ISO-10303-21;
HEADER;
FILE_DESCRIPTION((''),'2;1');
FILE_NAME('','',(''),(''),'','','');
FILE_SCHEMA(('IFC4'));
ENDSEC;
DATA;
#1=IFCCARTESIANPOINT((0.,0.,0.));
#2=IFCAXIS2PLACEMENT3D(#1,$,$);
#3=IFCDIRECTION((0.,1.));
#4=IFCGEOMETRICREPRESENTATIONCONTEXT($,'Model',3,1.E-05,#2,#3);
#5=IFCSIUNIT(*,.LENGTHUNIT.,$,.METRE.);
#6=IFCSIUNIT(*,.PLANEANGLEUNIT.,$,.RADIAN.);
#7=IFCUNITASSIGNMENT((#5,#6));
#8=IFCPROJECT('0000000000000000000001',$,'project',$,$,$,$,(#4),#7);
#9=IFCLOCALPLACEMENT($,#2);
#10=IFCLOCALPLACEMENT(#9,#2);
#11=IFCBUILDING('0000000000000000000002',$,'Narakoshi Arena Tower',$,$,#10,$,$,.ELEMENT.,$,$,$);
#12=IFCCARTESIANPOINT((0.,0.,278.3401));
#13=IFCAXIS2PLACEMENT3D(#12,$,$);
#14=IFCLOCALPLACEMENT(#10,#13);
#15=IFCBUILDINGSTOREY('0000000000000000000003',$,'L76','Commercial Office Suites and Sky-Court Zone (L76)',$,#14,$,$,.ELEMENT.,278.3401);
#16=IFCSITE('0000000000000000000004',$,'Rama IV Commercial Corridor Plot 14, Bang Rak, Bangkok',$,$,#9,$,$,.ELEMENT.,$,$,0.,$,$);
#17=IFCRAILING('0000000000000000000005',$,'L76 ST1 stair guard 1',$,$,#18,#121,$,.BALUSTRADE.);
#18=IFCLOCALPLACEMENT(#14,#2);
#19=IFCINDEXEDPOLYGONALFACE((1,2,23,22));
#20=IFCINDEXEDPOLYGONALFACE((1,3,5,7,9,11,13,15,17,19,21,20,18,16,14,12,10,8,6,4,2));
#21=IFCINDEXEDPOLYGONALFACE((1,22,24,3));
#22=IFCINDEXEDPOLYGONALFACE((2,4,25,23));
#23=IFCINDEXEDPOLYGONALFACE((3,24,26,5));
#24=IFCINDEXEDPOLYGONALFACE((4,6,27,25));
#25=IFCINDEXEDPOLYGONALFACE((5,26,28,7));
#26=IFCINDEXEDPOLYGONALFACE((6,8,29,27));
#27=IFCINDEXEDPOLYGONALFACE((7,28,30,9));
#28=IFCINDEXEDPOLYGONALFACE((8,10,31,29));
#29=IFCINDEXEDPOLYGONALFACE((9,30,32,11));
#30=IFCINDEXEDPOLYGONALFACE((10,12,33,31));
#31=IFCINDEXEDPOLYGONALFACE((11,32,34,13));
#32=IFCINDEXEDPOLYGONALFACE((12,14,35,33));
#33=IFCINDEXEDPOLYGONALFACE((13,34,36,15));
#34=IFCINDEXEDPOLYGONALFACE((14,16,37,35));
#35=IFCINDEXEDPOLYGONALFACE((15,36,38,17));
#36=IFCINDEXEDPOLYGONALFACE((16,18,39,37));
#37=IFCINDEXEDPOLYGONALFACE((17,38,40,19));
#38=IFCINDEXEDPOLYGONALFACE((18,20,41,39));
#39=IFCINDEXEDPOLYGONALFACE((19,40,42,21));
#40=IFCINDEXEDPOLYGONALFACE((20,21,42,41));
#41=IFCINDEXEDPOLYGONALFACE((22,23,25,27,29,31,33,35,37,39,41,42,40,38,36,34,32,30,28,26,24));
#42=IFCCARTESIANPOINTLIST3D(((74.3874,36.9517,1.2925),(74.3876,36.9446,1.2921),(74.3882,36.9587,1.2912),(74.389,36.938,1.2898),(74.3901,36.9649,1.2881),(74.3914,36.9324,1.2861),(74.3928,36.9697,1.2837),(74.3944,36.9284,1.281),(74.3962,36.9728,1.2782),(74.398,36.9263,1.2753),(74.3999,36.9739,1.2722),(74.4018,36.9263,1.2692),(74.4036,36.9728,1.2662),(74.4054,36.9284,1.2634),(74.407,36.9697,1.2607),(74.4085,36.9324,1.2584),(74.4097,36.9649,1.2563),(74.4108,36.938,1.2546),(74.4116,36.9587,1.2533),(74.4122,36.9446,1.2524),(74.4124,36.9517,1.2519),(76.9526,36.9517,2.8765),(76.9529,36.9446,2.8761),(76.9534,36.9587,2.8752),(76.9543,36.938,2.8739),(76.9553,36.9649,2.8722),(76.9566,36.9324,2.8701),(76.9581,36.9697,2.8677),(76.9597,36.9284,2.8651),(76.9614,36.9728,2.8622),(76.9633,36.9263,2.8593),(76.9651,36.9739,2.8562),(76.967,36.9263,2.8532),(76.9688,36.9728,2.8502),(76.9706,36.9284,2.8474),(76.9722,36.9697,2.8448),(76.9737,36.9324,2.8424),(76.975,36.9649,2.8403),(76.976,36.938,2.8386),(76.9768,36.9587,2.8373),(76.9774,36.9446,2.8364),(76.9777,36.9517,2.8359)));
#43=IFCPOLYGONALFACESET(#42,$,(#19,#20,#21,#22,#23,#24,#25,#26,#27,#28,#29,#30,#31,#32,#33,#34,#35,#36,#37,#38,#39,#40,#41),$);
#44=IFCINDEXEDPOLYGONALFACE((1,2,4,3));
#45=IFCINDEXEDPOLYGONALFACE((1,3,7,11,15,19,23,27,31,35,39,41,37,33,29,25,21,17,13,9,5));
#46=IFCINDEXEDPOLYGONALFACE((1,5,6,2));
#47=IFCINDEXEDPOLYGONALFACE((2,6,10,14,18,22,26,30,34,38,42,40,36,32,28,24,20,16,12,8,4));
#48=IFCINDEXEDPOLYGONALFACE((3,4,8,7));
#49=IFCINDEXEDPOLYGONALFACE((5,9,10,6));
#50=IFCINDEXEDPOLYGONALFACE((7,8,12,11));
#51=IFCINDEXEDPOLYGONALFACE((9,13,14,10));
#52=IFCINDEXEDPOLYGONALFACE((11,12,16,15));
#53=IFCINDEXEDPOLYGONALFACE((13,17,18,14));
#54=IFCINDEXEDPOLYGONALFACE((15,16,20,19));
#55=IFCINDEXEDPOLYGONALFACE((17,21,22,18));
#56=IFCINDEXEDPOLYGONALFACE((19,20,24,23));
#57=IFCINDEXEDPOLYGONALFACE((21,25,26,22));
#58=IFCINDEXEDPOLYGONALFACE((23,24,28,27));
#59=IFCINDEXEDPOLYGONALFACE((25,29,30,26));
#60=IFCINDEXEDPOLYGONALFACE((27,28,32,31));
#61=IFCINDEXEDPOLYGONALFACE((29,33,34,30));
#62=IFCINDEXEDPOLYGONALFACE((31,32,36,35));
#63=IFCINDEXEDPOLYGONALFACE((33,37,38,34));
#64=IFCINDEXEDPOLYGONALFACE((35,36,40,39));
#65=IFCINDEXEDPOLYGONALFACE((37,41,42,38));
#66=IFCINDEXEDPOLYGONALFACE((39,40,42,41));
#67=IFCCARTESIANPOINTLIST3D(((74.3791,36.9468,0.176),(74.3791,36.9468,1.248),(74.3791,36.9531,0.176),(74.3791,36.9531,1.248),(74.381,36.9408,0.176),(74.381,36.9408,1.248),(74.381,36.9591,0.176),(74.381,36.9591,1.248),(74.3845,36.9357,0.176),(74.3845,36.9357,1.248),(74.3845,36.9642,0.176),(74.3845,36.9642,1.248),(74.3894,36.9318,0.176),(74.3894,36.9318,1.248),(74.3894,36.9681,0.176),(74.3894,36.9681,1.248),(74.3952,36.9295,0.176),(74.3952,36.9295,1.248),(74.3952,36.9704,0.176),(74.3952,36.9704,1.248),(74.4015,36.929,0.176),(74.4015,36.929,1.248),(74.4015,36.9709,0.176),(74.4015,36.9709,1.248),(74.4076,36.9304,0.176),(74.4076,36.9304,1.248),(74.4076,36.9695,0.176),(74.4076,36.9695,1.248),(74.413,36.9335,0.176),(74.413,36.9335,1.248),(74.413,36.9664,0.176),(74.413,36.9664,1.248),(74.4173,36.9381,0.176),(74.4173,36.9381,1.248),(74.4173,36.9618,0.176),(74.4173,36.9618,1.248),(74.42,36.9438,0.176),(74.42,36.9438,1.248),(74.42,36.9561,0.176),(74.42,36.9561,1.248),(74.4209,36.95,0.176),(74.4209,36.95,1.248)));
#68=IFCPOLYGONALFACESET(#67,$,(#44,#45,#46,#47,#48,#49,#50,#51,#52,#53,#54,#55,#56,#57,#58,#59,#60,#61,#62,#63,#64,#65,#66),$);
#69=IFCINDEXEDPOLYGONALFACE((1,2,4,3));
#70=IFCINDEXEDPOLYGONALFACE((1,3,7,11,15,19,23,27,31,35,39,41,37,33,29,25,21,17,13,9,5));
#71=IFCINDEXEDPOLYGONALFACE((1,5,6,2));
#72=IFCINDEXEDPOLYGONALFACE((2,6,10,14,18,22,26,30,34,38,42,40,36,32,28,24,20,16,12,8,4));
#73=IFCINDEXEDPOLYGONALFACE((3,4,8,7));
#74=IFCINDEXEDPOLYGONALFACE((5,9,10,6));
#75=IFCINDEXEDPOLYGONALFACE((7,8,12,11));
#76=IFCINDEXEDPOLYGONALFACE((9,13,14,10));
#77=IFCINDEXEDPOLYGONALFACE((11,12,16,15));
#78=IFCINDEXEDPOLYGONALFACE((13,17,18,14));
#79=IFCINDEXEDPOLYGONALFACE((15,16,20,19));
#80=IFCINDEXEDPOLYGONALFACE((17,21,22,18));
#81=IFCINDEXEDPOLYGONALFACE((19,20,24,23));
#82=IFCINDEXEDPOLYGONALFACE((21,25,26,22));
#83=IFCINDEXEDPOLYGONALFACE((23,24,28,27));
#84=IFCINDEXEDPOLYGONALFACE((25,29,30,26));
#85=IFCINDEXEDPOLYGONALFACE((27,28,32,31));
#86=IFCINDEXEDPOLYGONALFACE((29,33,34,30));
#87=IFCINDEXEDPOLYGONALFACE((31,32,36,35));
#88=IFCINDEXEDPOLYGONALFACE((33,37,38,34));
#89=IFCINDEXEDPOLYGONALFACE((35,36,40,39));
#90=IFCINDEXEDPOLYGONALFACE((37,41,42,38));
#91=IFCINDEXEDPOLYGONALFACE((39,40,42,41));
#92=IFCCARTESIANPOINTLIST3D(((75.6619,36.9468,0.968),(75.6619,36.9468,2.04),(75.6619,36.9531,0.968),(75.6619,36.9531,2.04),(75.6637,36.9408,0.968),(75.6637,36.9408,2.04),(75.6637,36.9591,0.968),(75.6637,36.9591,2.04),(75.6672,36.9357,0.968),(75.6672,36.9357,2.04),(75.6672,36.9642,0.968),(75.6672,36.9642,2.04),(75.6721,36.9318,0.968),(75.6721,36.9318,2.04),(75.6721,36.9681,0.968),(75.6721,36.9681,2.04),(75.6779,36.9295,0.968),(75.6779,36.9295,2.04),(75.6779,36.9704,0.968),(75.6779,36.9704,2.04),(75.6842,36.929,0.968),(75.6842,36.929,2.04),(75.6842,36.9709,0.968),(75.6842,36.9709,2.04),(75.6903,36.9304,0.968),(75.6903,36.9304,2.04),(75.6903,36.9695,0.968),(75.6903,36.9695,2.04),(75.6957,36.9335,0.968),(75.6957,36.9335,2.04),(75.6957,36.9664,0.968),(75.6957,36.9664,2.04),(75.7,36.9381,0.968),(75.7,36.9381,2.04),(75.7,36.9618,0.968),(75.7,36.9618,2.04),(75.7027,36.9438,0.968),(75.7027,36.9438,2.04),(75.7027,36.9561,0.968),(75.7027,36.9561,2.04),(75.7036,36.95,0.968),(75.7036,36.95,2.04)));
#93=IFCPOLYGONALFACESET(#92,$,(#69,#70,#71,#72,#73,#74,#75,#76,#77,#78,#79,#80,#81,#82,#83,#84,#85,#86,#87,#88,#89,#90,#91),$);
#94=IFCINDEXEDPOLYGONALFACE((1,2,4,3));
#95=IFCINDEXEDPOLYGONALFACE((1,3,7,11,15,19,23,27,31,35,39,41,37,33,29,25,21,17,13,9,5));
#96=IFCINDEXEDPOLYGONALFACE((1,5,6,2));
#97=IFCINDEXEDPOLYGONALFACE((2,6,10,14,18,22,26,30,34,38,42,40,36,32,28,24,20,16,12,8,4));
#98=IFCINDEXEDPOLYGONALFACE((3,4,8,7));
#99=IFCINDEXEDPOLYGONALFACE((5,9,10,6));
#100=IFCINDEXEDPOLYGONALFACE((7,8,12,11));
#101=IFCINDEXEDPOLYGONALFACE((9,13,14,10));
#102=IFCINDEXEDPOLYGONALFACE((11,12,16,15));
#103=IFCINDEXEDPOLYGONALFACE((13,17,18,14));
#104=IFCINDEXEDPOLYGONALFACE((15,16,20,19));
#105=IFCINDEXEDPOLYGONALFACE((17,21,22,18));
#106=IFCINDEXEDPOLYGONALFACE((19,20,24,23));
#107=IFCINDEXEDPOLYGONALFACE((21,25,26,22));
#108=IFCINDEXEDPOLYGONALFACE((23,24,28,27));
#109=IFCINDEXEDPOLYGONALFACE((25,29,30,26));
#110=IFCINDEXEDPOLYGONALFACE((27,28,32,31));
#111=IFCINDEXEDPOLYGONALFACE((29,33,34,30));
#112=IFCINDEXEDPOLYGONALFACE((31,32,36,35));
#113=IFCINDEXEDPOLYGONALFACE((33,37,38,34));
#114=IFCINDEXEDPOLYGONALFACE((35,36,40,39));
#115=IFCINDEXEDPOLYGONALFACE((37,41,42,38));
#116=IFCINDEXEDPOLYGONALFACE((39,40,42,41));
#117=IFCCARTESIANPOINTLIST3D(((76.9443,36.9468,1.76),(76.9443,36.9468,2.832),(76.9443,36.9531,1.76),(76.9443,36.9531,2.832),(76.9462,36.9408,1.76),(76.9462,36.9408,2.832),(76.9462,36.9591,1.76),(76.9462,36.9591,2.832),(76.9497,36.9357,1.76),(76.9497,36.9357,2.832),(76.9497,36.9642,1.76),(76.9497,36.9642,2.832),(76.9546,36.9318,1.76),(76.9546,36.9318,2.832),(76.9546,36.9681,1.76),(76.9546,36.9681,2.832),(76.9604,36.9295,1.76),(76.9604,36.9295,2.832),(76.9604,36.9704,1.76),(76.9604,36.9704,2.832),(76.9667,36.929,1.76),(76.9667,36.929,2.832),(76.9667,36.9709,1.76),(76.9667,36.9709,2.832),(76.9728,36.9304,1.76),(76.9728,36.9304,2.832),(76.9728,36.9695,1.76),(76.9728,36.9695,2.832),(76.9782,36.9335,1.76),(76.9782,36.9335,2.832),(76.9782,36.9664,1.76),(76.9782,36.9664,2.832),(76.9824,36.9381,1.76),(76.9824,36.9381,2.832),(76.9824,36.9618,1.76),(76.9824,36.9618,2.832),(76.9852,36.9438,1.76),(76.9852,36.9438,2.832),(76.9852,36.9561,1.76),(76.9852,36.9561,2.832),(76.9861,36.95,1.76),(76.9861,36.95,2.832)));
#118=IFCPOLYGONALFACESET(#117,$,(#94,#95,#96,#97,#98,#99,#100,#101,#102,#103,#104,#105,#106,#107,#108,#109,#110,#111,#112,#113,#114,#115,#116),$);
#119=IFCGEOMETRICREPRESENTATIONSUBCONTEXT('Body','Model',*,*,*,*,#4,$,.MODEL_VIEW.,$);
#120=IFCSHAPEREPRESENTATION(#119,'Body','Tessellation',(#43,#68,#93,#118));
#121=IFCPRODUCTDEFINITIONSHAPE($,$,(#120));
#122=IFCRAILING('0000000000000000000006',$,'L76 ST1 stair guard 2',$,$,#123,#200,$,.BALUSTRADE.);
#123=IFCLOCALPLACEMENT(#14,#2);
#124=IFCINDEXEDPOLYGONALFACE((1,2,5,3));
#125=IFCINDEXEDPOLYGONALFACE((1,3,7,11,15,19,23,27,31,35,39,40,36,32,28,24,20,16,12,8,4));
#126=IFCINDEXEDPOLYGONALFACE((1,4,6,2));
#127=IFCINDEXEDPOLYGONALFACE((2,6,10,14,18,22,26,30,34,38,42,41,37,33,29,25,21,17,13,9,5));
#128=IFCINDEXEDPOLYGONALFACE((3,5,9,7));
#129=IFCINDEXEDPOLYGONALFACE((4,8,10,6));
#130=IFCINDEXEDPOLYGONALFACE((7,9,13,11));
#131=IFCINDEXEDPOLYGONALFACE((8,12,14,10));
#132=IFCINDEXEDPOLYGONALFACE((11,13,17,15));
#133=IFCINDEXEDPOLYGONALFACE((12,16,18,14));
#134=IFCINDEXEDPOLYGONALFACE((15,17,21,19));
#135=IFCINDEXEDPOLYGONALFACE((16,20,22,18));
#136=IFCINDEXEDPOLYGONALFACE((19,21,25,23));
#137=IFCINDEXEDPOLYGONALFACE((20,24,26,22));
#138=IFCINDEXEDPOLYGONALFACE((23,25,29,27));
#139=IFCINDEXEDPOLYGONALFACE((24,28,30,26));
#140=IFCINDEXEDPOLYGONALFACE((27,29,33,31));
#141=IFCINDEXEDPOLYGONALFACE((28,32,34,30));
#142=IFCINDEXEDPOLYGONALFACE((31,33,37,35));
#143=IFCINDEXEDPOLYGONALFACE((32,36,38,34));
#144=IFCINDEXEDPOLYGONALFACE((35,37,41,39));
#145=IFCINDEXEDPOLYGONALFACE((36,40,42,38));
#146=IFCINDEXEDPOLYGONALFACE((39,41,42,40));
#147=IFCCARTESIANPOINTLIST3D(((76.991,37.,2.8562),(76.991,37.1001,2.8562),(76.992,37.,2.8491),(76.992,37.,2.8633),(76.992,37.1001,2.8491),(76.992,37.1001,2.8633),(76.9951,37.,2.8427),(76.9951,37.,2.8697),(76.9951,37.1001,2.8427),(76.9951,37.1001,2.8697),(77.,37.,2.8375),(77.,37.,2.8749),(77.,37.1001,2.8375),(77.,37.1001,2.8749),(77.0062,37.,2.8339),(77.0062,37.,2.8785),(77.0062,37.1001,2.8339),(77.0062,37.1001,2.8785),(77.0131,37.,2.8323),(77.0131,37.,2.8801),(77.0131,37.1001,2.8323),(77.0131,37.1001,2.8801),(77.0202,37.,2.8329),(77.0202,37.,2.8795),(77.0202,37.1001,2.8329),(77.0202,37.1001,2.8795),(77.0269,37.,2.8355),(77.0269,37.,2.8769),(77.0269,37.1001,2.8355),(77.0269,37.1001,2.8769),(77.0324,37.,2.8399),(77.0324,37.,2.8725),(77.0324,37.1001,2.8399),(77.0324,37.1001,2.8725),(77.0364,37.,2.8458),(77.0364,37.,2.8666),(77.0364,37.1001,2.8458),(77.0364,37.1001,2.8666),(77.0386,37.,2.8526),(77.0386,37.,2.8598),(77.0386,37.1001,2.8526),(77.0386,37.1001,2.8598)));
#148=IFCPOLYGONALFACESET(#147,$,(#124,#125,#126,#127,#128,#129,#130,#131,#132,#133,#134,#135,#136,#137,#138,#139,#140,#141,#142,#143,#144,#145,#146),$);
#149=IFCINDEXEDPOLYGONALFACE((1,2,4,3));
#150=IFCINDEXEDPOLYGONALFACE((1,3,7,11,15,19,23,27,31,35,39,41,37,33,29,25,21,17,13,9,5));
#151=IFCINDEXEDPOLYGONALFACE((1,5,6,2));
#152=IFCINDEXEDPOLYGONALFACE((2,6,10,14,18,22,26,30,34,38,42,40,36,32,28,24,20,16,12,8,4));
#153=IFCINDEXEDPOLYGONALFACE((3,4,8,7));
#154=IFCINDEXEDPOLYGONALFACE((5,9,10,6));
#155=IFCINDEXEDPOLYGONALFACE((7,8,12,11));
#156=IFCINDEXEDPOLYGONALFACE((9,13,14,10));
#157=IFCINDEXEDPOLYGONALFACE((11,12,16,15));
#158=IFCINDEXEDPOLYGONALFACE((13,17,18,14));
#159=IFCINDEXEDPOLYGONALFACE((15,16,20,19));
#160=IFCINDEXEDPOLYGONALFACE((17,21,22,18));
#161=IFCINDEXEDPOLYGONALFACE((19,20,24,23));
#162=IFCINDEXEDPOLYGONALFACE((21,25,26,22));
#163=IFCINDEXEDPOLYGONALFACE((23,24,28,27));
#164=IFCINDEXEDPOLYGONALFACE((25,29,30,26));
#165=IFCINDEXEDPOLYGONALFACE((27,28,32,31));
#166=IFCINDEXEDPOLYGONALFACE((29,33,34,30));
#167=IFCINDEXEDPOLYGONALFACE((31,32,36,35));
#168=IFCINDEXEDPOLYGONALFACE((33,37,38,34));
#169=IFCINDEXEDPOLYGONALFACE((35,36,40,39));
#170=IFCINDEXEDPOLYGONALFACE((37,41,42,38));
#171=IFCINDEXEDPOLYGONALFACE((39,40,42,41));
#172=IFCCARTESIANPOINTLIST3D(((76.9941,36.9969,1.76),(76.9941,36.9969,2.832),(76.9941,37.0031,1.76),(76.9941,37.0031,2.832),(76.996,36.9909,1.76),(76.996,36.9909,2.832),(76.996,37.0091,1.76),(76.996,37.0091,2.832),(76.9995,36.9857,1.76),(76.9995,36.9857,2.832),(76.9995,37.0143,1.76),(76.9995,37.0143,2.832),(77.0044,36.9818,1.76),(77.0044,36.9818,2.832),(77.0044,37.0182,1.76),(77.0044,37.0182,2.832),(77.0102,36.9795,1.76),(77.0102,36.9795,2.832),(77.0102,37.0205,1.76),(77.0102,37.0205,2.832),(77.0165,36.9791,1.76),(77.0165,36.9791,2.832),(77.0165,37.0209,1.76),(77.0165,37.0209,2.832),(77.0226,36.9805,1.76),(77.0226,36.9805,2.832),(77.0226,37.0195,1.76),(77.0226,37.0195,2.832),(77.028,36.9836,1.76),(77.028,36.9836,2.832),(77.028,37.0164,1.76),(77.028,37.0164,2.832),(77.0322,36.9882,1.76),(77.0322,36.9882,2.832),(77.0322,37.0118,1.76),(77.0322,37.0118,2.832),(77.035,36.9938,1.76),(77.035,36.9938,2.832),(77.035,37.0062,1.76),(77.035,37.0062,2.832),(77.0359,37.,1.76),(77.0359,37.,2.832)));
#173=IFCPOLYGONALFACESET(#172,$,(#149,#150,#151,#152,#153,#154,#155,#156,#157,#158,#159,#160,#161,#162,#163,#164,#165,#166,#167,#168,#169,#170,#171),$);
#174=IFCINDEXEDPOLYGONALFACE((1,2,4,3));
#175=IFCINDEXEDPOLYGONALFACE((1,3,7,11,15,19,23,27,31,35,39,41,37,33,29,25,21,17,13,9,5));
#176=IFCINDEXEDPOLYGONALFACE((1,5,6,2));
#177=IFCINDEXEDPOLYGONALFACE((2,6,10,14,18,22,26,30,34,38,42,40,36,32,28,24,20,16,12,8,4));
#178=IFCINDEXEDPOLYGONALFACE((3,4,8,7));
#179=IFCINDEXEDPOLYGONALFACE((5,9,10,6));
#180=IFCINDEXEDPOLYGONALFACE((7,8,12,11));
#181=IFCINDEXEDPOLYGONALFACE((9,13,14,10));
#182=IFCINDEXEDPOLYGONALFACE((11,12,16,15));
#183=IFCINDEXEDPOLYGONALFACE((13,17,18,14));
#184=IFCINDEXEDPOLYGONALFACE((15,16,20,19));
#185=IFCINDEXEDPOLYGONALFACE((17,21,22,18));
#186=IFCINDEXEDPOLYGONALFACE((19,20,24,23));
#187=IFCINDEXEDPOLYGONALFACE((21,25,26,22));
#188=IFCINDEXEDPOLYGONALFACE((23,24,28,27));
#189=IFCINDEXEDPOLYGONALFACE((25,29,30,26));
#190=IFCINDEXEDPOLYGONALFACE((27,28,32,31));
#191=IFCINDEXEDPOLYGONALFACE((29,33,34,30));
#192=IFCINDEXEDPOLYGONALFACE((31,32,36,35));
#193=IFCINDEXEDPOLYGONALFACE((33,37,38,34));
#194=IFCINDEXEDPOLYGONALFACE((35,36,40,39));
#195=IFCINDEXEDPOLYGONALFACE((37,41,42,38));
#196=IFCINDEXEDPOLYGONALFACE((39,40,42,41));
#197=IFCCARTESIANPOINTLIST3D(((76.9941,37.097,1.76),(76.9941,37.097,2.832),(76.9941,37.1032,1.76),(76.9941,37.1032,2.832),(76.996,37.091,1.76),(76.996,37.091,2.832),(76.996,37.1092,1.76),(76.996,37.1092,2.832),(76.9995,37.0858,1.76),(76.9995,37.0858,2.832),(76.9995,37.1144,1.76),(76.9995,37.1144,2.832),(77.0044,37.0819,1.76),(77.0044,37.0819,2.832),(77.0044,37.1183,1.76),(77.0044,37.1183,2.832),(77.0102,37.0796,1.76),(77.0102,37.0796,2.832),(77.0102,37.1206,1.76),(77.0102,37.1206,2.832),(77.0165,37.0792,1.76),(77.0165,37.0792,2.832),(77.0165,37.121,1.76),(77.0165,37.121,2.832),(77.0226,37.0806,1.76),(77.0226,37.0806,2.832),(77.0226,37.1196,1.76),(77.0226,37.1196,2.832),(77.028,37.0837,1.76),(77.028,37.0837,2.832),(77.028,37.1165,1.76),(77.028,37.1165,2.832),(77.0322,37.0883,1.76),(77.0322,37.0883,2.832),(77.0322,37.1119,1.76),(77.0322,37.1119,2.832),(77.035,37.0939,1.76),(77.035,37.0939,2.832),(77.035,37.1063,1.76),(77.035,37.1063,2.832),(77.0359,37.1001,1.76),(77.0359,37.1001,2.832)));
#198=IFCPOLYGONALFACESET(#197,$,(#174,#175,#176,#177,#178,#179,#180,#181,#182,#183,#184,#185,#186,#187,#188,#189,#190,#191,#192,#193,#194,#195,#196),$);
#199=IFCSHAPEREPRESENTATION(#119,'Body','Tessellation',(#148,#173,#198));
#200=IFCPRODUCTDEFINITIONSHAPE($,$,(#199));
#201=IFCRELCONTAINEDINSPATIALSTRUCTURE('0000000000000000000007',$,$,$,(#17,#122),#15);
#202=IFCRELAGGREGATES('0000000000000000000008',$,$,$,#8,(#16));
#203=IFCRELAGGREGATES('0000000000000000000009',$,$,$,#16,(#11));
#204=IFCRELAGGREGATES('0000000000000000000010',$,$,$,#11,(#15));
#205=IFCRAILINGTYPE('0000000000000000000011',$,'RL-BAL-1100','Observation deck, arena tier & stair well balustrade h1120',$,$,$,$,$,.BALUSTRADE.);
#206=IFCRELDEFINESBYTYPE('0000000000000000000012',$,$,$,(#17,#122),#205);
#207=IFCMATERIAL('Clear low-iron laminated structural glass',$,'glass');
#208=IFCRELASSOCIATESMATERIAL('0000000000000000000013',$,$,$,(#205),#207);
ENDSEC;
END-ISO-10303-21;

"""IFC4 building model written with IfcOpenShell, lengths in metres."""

from ifc_helpers import new_model, si_unit, direction, frame, origin, origin_2d, place, context, subcontext, project, spatial, circle, extrude, material, type_object, element, save


model = new_model("IFC4")

# Units and contexts
model_context = context("Model", 3, precision=1e-05, world=origin(), true_north=direction((0.0, 1.0)))
body_context = subcontext(model_context, "Body", "Model", "MODEL_VIEW")
ifc_project = project(units=[si_unit("LENGTHUNIT", "METRE"), si_unit("PLANEANGLEUNIT", "RADIAN")], contexts=[model_context])

# Site, building, storey
site_placement = place(None, origin())
site = spatial("IfcSite", under=ifc_project, at=site_placement, Name="Rama IV Commercial Corridor Plot 14, Bang Rak, Bangkok", CompositionType="ELEMENT", RefElevation=0.0)
building_placement = place(site_placement, origin())
building = spatial("IfcBuilding", under=site, at=building_placement, Name="Narakoshi Arena Tower", CompositionType="ELEMENT")
storey_placement = place(building_placement, frame((0.0, 0.0, 278.3401)))
storey = spatial("IfcBuildingStorey", under=building, at=storey_placement, Name="L76", Description="Commercial Office Suites and Sky-Court Zone (L76)", CompositionType="ELEMENT", Elevation=278.3401)

# Railings
ifc_material_1 = material(Name="Clear low-iron laminated structural glass", Category="glass")
railing_type_1 = type_object("IfcRailingType", Name="RL-BAL-1100", Description="Observation deck, arena tier & stair well balustrade h1120", PredefinedType="BALUSTRADE", material=ifc_material_1)
railing_1_placement = place(storey_placement, frame((74.3999, 36.95, 0.176)))
element("IfcRailing", 1, at=railing_1_placement, inside=storey, type_object=railing_type_1, Name="L76 ST1 stair guard 1", PredefinedType="BALUSTRADE", context=body_context, shape_type="SweptSolid", body=[
    extrude(circle(Radius=0.0239, at=origin_2d()), frame((0.0, 0.0, 1.0962), z_axis=(0.850857, 0.0, 0.525398), x_axis=(0.0, 1.0, 0.0)), (0.0, 0.0, 1.0), 3.0149),
    extrude(circle(Radius=0.021, at=origin_2d()), origin(), (0.0, 0.0, 1.0), 1.072),
    extrude(circle(Radius=0.021, at=origin_2d()), frame((1.2827, 0.0, 0.792)), (0.0, 0.0, 1.0), 1.072),
    extrude(circle(Radius=0.021, at=origin_2d()), frame((2.5652, 0.0, 1.584)), (0.0, 0.0, 1.0), 1.072),
])
railing_2_placement = place(storey_placement, frame((77.0149, 37.0, 1.76)))
element("IfcRailing", 2, at=railing_2_placement, inside=storey, type_object=railing_type_1, Name="L76 ST1 stair guard 2", PredefinedType="BALUSTRADE", context=body_context, shape_type="SweptSolid", body=[
    extrude(circle(Radius=0.0239, at=origin_2d()), frame((0.0, 0.0, 1.0962), z_axis=(0.0, 1.0, 0.0), x_axis=(-1.0, 0.0, 0.0)), (0.0, 0.0, 1.0), 0.1001),
    extrude(circle(Radius=0.021, at=origin_2d()), origin(), (0.0, 0.0, 1.0), 1.072),
    extrude(circle(Radius=0.021, at=origin_2d()), frame((0.0, 0.1001, 0.0)), (0.0, 0.0, 1.0), 1.072),
])

save(model, "model.ifc")
